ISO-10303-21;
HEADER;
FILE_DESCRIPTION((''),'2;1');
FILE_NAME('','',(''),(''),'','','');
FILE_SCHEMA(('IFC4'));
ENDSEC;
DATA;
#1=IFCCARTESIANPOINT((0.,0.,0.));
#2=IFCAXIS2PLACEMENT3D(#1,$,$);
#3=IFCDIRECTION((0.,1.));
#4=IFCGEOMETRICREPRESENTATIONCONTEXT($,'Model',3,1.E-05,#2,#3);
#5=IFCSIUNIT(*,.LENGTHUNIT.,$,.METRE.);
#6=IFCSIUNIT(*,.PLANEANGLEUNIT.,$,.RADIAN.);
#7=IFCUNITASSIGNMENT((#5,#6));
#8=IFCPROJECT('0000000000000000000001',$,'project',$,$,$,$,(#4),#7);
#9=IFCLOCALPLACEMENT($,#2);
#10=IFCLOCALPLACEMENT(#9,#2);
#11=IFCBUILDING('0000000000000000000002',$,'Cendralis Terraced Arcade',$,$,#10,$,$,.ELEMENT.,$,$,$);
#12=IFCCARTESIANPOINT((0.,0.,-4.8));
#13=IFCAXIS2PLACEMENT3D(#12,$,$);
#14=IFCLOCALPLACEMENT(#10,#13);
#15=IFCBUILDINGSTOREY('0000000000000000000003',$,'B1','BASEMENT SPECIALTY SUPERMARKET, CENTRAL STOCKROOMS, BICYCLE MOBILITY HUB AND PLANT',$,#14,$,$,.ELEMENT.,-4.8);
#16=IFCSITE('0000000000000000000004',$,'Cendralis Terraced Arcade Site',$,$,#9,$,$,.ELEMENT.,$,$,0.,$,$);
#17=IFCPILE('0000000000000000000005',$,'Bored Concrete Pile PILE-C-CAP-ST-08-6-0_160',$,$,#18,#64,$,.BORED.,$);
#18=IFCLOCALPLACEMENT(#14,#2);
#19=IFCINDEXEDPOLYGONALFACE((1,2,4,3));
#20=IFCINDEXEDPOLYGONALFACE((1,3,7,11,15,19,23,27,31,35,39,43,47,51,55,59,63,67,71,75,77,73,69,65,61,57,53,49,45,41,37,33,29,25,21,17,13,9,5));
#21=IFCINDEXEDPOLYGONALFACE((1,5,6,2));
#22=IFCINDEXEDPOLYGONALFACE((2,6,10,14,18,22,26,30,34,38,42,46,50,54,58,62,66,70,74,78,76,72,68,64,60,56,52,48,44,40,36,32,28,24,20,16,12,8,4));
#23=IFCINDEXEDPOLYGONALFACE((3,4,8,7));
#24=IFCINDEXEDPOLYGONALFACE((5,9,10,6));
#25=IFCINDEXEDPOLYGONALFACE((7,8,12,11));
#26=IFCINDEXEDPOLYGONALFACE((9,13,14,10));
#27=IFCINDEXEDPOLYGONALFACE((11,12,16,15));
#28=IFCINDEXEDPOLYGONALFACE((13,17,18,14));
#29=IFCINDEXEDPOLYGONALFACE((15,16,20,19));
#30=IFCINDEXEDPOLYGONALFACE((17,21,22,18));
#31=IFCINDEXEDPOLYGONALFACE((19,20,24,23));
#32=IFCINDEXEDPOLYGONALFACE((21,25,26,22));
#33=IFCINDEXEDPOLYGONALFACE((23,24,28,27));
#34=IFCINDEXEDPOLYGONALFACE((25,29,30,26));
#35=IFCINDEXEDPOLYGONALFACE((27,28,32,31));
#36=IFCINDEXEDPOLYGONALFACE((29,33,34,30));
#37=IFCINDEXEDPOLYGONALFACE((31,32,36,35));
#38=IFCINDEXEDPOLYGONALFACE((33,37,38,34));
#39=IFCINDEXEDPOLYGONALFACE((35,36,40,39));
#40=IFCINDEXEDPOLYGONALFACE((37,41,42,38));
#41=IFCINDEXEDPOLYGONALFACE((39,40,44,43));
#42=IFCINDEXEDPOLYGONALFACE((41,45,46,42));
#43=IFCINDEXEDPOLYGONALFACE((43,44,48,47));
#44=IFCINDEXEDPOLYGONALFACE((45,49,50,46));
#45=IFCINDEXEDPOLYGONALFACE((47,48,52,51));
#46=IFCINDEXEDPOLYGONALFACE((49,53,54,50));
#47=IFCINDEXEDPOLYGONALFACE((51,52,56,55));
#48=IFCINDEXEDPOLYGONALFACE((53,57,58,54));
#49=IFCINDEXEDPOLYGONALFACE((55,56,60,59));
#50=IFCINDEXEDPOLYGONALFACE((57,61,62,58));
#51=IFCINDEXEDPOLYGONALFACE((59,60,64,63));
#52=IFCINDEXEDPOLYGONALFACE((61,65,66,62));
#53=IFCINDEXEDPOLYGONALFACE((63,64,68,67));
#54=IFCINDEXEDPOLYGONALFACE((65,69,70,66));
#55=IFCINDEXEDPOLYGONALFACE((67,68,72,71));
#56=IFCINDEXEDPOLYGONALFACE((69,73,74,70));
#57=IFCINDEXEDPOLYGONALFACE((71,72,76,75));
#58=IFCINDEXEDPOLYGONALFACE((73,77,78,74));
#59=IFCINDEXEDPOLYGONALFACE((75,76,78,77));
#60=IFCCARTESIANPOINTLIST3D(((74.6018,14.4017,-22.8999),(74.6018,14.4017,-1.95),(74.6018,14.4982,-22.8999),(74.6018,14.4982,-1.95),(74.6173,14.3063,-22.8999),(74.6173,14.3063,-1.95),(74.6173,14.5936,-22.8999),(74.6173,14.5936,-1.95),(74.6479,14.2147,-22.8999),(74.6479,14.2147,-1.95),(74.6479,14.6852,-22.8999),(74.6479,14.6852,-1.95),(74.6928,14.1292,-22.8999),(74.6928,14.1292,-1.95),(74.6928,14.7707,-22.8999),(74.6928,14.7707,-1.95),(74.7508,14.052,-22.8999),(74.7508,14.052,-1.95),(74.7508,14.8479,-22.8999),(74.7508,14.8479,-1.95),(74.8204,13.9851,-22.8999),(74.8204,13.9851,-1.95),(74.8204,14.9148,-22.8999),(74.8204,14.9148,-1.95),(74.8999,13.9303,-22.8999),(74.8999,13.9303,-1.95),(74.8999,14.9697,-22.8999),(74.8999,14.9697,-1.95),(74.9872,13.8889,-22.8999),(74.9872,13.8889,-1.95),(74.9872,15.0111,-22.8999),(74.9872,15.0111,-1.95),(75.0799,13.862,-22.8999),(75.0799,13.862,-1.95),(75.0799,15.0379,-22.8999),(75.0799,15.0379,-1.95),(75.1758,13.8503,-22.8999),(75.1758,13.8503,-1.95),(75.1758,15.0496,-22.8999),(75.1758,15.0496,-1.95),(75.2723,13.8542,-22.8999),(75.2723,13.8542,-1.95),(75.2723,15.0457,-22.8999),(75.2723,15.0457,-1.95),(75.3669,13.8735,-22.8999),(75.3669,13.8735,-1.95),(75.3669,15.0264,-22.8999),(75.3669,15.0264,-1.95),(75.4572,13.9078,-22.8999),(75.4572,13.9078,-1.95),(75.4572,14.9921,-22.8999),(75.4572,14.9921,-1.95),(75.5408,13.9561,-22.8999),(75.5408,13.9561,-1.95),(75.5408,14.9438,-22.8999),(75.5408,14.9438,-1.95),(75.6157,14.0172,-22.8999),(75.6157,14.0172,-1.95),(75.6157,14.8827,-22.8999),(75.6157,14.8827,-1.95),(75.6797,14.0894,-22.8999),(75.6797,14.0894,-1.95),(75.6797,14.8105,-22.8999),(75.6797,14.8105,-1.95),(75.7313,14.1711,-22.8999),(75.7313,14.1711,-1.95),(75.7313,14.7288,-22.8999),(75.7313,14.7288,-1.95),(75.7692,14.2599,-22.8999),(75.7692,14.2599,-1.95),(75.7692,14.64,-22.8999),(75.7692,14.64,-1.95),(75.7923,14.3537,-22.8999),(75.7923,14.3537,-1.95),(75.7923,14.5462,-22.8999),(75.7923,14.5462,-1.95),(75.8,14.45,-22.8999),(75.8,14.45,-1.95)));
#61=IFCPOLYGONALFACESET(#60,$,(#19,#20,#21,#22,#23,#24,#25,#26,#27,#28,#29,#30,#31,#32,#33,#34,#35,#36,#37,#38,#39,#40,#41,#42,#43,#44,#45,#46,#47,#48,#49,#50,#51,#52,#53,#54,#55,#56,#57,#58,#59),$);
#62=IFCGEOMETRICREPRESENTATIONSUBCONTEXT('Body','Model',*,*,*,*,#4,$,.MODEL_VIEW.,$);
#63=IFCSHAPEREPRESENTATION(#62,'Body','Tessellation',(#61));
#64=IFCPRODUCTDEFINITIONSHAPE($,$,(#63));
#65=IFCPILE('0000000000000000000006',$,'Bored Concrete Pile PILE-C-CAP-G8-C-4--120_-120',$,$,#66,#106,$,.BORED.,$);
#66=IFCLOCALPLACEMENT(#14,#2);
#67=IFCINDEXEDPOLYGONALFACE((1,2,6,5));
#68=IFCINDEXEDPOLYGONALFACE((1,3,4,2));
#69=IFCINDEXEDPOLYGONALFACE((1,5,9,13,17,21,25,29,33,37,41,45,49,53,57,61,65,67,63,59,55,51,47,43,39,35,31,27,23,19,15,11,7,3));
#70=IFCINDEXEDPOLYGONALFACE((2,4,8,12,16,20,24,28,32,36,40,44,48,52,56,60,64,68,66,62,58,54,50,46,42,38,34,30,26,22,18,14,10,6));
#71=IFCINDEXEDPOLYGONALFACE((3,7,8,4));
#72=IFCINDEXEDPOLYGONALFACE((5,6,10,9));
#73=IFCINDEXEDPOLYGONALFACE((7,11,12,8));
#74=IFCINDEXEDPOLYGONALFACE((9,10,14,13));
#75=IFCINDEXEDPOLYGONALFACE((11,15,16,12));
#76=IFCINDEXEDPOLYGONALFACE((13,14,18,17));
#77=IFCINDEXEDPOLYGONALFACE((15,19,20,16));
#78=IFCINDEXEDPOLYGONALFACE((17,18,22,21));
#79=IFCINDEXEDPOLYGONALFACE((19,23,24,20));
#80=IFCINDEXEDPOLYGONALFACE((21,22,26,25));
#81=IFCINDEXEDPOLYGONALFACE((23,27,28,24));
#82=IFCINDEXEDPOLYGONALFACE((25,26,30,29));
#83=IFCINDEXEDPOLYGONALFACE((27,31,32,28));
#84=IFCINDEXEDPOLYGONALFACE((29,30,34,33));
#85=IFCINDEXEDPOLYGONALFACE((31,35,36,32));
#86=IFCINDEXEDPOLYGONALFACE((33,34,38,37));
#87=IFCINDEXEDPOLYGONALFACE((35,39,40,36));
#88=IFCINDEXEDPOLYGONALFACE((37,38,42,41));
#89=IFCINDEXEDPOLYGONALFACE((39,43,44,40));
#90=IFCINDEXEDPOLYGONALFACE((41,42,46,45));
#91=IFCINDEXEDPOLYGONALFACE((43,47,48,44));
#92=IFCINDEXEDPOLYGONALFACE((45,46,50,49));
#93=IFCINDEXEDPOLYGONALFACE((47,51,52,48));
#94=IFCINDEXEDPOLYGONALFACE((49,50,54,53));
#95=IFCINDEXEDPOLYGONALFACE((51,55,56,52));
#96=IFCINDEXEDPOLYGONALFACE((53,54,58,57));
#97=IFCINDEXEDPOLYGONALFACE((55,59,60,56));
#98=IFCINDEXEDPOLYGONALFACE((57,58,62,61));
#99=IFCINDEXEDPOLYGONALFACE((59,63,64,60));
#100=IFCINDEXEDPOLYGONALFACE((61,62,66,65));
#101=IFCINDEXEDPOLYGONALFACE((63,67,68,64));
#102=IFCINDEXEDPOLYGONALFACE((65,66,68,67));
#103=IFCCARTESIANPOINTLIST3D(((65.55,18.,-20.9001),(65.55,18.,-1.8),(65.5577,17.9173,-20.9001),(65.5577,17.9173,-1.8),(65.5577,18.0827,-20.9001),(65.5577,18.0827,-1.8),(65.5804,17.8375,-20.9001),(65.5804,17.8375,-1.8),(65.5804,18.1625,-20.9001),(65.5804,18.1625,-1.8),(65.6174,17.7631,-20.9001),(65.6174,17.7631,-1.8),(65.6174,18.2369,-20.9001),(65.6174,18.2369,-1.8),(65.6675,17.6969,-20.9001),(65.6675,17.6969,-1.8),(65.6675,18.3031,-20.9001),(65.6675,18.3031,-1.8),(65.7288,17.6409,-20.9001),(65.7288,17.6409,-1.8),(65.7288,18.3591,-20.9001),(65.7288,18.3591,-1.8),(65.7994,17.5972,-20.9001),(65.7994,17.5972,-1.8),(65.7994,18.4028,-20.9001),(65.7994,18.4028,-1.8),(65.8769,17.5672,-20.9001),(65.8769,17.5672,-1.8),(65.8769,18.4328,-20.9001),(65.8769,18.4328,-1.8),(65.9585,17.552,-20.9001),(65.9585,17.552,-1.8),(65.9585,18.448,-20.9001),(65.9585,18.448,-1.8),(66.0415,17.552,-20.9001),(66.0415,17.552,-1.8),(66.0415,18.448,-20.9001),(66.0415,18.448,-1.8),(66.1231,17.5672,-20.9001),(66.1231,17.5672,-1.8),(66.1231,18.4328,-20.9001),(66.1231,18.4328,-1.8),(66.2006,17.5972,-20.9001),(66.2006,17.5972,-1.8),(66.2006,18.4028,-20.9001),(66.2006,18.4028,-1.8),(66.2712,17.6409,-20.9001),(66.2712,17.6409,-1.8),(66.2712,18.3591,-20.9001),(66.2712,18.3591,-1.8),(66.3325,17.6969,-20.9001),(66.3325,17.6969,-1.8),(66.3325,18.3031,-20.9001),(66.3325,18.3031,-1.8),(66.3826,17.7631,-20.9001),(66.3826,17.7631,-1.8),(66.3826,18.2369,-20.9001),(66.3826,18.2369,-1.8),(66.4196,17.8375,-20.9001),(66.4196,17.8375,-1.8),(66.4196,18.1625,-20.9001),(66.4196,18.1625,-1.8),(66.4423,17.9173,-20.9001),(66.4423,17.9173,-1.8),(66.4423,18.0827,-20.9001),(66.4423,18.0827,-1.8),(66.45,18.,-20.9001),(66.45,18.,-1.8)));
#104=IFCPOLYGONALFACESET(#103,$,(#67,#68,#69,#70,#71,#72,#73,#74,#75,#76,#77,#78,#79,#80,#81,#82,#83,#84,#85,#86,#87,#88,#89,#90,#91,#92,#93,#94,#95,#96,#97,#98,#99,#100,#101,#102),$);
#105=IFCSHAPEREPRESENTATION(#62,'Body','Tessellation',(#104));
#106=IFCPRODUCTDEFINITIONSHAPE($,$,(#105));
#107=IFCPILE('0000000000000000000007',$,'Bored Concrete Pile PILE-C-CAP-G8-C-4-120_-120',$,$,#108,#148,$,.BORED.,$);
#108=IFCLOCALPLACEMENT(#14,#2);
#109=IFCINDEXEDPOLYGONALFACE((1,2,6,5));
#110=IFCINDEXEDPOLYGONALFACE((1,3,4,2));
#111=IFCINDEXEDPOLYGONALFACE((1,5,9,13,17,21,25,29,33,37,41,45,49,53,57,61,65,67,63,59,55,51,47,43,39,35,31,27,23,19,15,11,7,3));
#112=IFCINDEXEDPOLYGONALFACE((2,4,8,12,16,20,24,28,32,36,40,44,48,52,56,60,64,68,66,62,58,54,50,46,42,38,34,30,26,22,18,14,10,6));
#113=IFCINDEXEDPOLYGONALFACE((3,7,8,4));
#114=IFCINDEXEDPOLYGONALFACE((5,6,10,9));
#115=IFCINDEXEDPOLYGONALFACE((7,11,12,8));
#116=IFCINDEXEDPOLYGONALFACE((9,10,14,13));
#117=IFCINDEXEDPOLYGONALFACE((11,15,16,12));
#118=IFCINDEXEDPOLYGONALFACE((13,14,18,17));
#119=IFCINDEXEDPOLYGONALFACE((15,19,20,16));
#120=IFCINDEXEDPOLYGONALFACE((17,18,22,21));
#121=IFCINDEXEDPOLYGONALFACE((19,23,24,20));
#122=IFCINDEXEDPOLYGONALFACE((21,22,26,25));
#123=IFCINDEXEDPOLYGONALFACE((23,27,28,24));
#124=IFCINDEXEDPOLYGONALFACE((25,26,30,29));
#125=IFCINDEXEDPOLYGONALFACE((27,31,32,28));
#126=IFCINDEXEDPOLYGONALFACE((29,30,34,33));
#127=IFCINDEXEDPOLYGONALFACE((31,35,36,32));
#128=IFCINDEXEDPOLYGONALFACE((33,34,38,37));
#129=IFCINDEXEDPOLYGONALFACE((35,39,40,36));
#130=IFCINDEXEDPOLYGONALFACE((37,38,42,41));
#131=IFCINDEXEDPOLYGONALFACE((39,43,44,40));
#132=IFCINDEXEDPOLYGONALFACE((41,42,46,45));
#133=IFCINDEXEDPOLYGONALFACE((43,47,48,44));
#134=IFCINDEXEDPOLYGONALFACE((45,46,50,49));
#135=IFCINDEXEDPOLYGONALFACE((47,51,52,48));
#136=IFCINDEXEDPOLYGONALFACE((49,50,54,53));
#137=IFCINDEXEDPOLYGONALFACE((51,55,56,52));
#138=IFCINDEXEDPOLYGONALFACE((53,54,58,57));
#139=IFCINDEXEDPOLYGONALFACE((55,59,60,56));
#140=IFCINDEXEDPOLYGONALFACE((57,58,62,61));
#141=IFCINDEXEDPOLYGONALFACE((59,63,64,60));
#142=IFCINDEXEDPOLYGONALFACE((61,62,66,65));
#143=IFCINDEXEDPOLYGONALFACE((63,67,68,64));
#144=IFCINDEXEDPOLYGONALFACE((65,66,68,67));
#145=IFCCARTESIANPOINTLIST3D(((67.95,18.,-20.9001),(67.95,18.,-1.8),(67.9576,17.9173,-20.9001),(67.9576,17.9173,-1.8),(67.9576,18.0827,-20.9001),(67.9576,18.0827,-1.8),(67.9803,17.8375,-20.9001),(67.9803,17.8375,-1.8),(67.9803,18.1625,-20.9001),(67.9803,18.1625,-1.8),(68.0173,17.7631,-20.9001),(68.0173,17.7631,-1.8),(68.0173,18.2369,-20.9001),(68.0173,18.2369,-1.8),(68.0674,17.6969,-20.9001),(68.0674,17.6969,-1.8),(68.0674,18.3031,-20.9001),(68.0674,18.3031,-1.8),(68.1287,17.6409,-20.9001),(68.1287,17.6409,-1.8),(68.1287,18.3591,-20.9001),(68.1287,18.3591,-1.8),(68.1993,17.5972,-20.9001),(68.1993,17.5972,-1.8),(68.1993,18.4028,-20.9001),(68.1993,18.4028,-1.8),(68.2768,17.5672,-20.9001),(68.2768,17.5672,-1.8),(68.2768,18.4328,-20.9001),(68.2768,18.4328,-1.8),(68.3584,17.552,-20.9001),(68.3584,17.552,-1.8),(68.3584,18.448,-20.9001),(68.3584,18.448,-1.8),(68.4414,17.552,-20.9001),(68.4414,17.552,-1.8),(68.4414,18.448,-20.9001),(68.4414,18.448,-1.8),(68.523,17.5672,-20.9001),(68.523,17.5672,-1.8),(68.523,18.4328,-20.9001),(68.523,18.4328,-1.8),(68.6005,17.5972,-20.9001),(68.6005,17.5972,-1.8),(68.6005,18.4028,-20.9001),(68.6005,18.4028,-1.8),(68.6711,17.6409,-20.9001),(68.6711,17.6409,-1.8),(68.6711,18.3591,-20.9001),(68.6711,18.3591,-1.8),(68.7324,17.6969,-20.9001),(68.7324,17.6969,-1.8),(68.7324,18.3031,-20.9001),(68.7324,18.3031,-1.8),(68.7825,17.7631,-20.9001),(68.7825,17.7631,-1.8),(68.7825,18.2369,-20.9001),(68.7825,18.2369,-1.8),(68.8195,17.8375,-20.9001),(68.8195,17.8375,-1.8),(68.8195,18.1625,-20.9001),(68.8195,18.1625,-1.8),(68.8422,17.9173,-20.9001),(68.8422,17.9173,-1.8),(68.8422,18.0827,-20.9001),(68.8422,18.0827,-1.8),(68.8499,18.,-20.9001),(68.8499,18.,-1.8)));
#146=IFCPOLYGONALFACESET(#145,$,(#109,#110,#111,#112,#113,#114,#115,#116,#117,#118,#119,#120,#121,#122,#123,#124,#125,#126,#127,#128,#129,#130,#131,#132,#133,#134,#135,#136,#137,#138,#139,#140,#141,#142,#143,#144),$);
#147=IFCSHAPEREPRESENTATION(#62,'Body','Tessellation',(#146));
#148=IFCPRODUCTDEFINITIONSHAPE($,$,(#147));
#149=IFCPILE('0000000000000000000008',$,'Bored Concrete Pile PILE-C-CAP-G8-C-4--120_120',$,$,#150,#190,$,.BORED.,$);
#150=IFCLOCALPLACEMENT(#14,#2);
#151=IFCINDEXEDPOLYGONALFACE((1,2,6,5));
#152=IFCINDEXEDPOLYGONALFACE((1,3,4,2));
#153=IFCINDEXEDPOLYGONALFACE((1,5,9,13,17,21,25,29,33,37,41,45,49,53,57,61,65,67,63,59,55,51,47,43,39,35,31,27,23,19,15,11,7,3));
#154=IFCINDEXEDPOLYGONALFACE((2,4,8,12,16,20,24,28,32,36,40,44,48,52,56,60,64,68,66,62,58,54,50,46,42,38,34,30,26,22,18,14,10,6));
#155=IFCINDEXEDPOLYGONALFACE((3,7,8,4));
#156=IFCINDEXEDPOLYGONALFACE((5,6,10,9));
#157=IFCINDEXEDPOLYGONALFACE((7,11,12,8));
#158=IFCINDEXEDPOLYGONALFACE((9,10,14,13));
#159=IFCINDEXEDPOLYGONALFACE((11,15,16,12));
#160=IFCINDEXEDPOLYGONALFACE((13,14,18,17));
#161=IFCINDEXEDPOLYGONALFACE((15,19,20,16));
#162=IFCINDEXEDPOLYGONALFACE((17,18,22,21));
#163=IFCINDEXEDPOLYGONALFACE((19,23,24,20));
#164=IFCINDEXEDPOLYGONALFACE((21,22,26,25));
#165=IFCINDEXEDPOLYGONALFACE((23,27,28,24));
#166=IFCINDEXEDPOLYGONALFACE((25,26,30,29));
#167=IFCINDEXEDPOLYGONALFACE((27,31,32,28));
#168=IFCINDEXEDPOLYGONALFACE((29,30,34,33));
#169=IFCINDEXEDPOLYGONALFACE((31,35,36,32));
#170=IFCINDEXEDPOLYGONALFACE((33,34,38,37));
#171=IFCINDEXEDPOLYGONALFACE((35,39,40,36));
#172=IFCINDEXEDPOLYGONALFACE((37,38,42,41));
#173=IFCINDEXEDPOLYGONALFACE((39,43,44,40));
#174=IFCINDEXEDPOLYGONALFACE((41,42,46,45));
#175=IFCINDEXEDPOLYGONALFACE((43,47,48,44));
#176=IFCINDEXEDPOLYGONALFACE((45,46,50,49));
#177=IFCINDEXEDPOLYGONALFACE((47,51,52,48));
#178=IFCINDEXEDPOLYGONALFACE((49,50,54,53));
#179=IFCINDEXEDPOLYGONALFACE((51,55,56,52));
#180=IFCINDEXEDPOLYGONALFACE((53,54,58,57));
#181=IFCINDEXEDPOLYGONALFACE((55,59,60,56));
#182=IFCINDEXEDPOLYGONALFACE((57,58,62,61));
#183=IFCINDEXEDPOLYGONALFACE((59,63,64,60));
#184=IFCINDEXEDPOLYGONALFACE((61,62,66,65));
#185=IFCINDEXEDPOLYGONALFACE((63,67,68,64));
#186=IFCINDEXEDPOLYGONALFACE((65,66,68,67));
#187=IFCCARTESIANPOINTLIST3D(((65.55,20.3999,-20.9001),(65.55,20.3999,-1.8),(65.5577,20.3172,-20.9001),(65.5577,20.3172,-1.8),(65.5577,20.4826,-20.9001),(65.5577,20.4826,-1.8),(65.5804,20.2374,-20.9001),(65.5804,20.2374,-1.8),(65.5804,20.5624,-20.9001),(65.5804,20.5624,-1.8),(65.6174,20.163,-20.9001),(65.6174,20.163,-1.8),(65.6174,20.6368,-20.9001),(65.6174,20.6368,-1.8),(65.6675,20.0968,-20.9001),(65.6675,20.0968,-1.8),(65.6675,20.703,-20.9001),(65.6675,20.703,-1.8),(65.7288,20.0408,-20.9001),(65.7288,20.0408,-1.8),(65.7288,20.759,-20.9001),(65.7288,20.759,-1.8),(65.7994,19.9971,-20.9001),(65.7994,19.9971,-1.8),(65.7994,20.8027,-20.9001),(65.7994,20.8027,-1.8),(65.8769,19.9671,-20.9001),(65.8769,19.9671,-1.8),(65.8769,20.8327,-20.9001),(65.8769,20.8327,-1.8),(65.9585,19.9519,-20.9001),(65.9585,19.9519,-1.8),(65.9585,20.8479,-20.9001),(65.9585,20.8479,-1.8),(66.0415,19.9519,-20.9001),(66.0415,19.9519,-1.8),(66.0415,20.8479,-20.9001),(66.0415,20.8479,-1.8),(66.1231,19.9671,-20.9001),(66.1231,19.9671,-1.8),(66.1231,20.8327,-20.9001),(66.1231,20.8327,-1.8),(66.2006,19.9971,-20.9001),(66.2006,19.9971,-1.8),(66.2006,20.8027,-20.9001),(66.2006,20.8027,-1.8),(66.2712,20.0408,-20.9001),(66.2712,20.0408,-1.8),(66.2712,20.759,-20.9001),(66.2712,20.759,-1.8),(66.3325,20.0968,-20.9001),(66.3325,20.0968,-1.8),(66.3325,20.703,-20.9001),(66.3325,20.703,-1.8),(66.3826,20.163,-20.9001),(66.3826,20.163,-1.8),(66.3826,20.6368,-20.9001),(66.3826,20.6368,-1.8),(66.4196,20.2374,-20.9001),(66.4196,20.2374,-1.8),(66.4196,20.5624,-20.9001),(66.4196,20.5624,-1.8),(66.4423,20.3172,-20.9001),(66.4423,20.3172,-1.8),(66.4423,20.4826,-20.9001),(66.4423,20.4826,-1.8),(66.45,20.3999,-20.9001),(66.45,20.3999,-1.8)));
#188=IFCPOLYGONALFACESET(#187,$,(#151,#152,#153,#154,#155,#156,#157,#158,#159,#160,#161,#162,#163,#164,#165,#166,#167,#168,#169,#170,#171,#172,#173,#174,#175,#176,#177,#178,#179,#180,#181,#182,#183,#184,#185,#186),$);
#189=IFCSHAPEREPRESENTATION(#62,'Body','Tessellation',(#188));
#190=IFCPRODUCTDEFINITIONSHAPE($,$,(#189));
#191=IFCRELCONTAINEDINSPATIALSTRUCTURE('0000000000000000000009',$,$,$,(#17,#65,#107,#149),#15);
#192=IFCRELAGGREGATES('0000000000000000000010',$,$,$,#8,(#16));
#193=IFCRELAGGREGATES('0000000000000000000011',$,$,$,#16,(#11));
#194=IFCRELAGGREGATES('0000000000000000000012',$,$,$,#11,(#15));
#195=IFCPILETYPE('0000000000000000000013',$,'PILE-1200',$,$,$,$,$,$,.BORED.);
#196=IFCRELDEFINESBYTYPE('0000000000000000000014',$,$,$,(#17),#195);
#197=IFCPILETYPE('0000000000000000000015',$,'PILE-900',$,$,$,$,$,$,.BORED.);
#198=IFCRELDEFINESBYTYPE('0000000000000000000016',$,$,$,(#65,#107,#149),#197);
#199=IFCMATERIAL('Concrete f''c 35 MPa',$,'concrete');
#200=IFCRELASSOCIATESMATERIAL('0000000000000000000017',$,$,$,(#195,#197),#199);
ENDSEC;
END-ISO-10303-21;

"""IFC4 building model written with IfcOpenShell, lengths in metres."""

from ifc_helpers import new_model, si_unit, direction, frame, origin, origin_2d, place, context, subcontext, project, spatial, circle, extrude, material, material_profile, profile_set, type_object, element, save


model = new_model("IFC4")

# Units and contexts
model_context = context("Model", 3, precision=1e-05, world=origin(), true_north=direction((0.0, 1.0)))
body_context = subcontext(model_context, "Body", "Model", "MODEL_VIEW")
ifc_project = project(units=[si_unit("LENGTHUNIT", "METRE"), si_unit("PLANEANGLEUNIT", "RADIAN")], contexts=[model_context])

# Site, building, storey
site_placement = place(None, origin())
site = spatial("IfcSite", under=ifc_project, at=site_placement, Name="Cendralis Terraced Arcade Site", CompositionType="ELEMENT", RefElevation=0.0)
building_placement = place(site_placement, origin())
building = spatial("IfcBuilding", under=site, at=building_placement, Name="Cendralis Terraced Arcade", CompositionType="ELEMENT")
storey_placement = place(building_placement, frame((0.0, 0.0, -4.8)))
storey = spatial("IfcBuildingStorey", under=building, at=storey_placement, Name="B1", Description="BASEMENT SPECIALTY SUPERMARKET, CENTRAL STOCKROOMS, BICYCLE MOBILITY HUB AND PLANT", CompositionType="ELEMENT", Elevation=-4.8)

# Shared definitions
ifc_material_1 = material(Name="Concrete f'c 35 MPa", Category="concrete")

# Piles
ifc_material_profile_1 = material_profile(ifc_material_1, circle(Radius=0.6001, at=origin_2d()), Name="PILE-D1200", Category="LoadBearing")
ifc_profile_set_1 = profile_set([ifc_material_profile_1], Name="Concrete f'c 35 MPa")
pile_type_1 = type_object("IfcPileType", Name="PILE-1200", PredefinedType="BORED", material=ifc_profile_set_1)
for number, where, z_axis, x_axis, name in (
    (1, (75.2, 14.45, -1.95), (0.0, 0.0, -1.0), (1.0, 0.0, 0.0), "Bored Concrete Pile PILE-C-CAP-ST-08-6-0_160"),
):
    element("IfcPile", number, at=place(storey_placement, frame(where, z_axis=z_axis, x_axis=x_axis)), inside=storey, type_object=pile_type_1, Name=name, PredefinedType="BORED", context=body_context, shape_type="SweptSolid", body=[
        extrude(circle(Radius=0.6001, at=origin_2d()), origin(), (0.0, 0.0, 1.0), 20.95),
    ])
ifc_material_profile_2 = material_profile(ifc_material_1, circle(Radius=0.45, at=origin_2d()), Name="PILE-D900", Category="LoadBearing")
ifc_profile_set_2 = profile_set([ifc_material_profile_2], Name="Concrete f'c 35 MPa")
pile_type_2 = type_object("IfcPileType", Name="PILE-900", PredefinedType="BORED", material=ifc_profile_set_2)
for number, where, z_axis, x_axis, name in (
    (2, (66.0, 18.0, -1.8), (0.0, 0.0, -1.0), (1.0, 0.0, 0.0), "Bored Concrete Pile PILE-C-CAP-G8-C-4--120_-120"),
    (3, (68.3999, 18.0, -1.8), (0.0, 0.0, -1.0), (1.0, 0.0, 0.0), "Bored Concrete Pile PILE-C-CAP-G8-C-4-120_-120"),
    (4, (66.0, 20.3999, -1.8), (0.0, 0.0, -1.0), (1.0, 0.0, 0.0), "Bored Concrete Pile PILE-C-CAP-G8-C-4--120_120"),
):
    element("IfcPile", number, at=place(storey_placement, frame(where, z_axis=z_axis, x_axis=x_axis)), inside=storey, type_object=pile_type_2, Name=name, PredefinedType="BORED", context=body_context, shape_type="SweptSolid", body=[
        extrude(circle(Radius=0.45, at=origin_2d()), origin(), (0.0, 0.0, 1.0), 19.1001),
    ])

save(model, "model.ifc")
